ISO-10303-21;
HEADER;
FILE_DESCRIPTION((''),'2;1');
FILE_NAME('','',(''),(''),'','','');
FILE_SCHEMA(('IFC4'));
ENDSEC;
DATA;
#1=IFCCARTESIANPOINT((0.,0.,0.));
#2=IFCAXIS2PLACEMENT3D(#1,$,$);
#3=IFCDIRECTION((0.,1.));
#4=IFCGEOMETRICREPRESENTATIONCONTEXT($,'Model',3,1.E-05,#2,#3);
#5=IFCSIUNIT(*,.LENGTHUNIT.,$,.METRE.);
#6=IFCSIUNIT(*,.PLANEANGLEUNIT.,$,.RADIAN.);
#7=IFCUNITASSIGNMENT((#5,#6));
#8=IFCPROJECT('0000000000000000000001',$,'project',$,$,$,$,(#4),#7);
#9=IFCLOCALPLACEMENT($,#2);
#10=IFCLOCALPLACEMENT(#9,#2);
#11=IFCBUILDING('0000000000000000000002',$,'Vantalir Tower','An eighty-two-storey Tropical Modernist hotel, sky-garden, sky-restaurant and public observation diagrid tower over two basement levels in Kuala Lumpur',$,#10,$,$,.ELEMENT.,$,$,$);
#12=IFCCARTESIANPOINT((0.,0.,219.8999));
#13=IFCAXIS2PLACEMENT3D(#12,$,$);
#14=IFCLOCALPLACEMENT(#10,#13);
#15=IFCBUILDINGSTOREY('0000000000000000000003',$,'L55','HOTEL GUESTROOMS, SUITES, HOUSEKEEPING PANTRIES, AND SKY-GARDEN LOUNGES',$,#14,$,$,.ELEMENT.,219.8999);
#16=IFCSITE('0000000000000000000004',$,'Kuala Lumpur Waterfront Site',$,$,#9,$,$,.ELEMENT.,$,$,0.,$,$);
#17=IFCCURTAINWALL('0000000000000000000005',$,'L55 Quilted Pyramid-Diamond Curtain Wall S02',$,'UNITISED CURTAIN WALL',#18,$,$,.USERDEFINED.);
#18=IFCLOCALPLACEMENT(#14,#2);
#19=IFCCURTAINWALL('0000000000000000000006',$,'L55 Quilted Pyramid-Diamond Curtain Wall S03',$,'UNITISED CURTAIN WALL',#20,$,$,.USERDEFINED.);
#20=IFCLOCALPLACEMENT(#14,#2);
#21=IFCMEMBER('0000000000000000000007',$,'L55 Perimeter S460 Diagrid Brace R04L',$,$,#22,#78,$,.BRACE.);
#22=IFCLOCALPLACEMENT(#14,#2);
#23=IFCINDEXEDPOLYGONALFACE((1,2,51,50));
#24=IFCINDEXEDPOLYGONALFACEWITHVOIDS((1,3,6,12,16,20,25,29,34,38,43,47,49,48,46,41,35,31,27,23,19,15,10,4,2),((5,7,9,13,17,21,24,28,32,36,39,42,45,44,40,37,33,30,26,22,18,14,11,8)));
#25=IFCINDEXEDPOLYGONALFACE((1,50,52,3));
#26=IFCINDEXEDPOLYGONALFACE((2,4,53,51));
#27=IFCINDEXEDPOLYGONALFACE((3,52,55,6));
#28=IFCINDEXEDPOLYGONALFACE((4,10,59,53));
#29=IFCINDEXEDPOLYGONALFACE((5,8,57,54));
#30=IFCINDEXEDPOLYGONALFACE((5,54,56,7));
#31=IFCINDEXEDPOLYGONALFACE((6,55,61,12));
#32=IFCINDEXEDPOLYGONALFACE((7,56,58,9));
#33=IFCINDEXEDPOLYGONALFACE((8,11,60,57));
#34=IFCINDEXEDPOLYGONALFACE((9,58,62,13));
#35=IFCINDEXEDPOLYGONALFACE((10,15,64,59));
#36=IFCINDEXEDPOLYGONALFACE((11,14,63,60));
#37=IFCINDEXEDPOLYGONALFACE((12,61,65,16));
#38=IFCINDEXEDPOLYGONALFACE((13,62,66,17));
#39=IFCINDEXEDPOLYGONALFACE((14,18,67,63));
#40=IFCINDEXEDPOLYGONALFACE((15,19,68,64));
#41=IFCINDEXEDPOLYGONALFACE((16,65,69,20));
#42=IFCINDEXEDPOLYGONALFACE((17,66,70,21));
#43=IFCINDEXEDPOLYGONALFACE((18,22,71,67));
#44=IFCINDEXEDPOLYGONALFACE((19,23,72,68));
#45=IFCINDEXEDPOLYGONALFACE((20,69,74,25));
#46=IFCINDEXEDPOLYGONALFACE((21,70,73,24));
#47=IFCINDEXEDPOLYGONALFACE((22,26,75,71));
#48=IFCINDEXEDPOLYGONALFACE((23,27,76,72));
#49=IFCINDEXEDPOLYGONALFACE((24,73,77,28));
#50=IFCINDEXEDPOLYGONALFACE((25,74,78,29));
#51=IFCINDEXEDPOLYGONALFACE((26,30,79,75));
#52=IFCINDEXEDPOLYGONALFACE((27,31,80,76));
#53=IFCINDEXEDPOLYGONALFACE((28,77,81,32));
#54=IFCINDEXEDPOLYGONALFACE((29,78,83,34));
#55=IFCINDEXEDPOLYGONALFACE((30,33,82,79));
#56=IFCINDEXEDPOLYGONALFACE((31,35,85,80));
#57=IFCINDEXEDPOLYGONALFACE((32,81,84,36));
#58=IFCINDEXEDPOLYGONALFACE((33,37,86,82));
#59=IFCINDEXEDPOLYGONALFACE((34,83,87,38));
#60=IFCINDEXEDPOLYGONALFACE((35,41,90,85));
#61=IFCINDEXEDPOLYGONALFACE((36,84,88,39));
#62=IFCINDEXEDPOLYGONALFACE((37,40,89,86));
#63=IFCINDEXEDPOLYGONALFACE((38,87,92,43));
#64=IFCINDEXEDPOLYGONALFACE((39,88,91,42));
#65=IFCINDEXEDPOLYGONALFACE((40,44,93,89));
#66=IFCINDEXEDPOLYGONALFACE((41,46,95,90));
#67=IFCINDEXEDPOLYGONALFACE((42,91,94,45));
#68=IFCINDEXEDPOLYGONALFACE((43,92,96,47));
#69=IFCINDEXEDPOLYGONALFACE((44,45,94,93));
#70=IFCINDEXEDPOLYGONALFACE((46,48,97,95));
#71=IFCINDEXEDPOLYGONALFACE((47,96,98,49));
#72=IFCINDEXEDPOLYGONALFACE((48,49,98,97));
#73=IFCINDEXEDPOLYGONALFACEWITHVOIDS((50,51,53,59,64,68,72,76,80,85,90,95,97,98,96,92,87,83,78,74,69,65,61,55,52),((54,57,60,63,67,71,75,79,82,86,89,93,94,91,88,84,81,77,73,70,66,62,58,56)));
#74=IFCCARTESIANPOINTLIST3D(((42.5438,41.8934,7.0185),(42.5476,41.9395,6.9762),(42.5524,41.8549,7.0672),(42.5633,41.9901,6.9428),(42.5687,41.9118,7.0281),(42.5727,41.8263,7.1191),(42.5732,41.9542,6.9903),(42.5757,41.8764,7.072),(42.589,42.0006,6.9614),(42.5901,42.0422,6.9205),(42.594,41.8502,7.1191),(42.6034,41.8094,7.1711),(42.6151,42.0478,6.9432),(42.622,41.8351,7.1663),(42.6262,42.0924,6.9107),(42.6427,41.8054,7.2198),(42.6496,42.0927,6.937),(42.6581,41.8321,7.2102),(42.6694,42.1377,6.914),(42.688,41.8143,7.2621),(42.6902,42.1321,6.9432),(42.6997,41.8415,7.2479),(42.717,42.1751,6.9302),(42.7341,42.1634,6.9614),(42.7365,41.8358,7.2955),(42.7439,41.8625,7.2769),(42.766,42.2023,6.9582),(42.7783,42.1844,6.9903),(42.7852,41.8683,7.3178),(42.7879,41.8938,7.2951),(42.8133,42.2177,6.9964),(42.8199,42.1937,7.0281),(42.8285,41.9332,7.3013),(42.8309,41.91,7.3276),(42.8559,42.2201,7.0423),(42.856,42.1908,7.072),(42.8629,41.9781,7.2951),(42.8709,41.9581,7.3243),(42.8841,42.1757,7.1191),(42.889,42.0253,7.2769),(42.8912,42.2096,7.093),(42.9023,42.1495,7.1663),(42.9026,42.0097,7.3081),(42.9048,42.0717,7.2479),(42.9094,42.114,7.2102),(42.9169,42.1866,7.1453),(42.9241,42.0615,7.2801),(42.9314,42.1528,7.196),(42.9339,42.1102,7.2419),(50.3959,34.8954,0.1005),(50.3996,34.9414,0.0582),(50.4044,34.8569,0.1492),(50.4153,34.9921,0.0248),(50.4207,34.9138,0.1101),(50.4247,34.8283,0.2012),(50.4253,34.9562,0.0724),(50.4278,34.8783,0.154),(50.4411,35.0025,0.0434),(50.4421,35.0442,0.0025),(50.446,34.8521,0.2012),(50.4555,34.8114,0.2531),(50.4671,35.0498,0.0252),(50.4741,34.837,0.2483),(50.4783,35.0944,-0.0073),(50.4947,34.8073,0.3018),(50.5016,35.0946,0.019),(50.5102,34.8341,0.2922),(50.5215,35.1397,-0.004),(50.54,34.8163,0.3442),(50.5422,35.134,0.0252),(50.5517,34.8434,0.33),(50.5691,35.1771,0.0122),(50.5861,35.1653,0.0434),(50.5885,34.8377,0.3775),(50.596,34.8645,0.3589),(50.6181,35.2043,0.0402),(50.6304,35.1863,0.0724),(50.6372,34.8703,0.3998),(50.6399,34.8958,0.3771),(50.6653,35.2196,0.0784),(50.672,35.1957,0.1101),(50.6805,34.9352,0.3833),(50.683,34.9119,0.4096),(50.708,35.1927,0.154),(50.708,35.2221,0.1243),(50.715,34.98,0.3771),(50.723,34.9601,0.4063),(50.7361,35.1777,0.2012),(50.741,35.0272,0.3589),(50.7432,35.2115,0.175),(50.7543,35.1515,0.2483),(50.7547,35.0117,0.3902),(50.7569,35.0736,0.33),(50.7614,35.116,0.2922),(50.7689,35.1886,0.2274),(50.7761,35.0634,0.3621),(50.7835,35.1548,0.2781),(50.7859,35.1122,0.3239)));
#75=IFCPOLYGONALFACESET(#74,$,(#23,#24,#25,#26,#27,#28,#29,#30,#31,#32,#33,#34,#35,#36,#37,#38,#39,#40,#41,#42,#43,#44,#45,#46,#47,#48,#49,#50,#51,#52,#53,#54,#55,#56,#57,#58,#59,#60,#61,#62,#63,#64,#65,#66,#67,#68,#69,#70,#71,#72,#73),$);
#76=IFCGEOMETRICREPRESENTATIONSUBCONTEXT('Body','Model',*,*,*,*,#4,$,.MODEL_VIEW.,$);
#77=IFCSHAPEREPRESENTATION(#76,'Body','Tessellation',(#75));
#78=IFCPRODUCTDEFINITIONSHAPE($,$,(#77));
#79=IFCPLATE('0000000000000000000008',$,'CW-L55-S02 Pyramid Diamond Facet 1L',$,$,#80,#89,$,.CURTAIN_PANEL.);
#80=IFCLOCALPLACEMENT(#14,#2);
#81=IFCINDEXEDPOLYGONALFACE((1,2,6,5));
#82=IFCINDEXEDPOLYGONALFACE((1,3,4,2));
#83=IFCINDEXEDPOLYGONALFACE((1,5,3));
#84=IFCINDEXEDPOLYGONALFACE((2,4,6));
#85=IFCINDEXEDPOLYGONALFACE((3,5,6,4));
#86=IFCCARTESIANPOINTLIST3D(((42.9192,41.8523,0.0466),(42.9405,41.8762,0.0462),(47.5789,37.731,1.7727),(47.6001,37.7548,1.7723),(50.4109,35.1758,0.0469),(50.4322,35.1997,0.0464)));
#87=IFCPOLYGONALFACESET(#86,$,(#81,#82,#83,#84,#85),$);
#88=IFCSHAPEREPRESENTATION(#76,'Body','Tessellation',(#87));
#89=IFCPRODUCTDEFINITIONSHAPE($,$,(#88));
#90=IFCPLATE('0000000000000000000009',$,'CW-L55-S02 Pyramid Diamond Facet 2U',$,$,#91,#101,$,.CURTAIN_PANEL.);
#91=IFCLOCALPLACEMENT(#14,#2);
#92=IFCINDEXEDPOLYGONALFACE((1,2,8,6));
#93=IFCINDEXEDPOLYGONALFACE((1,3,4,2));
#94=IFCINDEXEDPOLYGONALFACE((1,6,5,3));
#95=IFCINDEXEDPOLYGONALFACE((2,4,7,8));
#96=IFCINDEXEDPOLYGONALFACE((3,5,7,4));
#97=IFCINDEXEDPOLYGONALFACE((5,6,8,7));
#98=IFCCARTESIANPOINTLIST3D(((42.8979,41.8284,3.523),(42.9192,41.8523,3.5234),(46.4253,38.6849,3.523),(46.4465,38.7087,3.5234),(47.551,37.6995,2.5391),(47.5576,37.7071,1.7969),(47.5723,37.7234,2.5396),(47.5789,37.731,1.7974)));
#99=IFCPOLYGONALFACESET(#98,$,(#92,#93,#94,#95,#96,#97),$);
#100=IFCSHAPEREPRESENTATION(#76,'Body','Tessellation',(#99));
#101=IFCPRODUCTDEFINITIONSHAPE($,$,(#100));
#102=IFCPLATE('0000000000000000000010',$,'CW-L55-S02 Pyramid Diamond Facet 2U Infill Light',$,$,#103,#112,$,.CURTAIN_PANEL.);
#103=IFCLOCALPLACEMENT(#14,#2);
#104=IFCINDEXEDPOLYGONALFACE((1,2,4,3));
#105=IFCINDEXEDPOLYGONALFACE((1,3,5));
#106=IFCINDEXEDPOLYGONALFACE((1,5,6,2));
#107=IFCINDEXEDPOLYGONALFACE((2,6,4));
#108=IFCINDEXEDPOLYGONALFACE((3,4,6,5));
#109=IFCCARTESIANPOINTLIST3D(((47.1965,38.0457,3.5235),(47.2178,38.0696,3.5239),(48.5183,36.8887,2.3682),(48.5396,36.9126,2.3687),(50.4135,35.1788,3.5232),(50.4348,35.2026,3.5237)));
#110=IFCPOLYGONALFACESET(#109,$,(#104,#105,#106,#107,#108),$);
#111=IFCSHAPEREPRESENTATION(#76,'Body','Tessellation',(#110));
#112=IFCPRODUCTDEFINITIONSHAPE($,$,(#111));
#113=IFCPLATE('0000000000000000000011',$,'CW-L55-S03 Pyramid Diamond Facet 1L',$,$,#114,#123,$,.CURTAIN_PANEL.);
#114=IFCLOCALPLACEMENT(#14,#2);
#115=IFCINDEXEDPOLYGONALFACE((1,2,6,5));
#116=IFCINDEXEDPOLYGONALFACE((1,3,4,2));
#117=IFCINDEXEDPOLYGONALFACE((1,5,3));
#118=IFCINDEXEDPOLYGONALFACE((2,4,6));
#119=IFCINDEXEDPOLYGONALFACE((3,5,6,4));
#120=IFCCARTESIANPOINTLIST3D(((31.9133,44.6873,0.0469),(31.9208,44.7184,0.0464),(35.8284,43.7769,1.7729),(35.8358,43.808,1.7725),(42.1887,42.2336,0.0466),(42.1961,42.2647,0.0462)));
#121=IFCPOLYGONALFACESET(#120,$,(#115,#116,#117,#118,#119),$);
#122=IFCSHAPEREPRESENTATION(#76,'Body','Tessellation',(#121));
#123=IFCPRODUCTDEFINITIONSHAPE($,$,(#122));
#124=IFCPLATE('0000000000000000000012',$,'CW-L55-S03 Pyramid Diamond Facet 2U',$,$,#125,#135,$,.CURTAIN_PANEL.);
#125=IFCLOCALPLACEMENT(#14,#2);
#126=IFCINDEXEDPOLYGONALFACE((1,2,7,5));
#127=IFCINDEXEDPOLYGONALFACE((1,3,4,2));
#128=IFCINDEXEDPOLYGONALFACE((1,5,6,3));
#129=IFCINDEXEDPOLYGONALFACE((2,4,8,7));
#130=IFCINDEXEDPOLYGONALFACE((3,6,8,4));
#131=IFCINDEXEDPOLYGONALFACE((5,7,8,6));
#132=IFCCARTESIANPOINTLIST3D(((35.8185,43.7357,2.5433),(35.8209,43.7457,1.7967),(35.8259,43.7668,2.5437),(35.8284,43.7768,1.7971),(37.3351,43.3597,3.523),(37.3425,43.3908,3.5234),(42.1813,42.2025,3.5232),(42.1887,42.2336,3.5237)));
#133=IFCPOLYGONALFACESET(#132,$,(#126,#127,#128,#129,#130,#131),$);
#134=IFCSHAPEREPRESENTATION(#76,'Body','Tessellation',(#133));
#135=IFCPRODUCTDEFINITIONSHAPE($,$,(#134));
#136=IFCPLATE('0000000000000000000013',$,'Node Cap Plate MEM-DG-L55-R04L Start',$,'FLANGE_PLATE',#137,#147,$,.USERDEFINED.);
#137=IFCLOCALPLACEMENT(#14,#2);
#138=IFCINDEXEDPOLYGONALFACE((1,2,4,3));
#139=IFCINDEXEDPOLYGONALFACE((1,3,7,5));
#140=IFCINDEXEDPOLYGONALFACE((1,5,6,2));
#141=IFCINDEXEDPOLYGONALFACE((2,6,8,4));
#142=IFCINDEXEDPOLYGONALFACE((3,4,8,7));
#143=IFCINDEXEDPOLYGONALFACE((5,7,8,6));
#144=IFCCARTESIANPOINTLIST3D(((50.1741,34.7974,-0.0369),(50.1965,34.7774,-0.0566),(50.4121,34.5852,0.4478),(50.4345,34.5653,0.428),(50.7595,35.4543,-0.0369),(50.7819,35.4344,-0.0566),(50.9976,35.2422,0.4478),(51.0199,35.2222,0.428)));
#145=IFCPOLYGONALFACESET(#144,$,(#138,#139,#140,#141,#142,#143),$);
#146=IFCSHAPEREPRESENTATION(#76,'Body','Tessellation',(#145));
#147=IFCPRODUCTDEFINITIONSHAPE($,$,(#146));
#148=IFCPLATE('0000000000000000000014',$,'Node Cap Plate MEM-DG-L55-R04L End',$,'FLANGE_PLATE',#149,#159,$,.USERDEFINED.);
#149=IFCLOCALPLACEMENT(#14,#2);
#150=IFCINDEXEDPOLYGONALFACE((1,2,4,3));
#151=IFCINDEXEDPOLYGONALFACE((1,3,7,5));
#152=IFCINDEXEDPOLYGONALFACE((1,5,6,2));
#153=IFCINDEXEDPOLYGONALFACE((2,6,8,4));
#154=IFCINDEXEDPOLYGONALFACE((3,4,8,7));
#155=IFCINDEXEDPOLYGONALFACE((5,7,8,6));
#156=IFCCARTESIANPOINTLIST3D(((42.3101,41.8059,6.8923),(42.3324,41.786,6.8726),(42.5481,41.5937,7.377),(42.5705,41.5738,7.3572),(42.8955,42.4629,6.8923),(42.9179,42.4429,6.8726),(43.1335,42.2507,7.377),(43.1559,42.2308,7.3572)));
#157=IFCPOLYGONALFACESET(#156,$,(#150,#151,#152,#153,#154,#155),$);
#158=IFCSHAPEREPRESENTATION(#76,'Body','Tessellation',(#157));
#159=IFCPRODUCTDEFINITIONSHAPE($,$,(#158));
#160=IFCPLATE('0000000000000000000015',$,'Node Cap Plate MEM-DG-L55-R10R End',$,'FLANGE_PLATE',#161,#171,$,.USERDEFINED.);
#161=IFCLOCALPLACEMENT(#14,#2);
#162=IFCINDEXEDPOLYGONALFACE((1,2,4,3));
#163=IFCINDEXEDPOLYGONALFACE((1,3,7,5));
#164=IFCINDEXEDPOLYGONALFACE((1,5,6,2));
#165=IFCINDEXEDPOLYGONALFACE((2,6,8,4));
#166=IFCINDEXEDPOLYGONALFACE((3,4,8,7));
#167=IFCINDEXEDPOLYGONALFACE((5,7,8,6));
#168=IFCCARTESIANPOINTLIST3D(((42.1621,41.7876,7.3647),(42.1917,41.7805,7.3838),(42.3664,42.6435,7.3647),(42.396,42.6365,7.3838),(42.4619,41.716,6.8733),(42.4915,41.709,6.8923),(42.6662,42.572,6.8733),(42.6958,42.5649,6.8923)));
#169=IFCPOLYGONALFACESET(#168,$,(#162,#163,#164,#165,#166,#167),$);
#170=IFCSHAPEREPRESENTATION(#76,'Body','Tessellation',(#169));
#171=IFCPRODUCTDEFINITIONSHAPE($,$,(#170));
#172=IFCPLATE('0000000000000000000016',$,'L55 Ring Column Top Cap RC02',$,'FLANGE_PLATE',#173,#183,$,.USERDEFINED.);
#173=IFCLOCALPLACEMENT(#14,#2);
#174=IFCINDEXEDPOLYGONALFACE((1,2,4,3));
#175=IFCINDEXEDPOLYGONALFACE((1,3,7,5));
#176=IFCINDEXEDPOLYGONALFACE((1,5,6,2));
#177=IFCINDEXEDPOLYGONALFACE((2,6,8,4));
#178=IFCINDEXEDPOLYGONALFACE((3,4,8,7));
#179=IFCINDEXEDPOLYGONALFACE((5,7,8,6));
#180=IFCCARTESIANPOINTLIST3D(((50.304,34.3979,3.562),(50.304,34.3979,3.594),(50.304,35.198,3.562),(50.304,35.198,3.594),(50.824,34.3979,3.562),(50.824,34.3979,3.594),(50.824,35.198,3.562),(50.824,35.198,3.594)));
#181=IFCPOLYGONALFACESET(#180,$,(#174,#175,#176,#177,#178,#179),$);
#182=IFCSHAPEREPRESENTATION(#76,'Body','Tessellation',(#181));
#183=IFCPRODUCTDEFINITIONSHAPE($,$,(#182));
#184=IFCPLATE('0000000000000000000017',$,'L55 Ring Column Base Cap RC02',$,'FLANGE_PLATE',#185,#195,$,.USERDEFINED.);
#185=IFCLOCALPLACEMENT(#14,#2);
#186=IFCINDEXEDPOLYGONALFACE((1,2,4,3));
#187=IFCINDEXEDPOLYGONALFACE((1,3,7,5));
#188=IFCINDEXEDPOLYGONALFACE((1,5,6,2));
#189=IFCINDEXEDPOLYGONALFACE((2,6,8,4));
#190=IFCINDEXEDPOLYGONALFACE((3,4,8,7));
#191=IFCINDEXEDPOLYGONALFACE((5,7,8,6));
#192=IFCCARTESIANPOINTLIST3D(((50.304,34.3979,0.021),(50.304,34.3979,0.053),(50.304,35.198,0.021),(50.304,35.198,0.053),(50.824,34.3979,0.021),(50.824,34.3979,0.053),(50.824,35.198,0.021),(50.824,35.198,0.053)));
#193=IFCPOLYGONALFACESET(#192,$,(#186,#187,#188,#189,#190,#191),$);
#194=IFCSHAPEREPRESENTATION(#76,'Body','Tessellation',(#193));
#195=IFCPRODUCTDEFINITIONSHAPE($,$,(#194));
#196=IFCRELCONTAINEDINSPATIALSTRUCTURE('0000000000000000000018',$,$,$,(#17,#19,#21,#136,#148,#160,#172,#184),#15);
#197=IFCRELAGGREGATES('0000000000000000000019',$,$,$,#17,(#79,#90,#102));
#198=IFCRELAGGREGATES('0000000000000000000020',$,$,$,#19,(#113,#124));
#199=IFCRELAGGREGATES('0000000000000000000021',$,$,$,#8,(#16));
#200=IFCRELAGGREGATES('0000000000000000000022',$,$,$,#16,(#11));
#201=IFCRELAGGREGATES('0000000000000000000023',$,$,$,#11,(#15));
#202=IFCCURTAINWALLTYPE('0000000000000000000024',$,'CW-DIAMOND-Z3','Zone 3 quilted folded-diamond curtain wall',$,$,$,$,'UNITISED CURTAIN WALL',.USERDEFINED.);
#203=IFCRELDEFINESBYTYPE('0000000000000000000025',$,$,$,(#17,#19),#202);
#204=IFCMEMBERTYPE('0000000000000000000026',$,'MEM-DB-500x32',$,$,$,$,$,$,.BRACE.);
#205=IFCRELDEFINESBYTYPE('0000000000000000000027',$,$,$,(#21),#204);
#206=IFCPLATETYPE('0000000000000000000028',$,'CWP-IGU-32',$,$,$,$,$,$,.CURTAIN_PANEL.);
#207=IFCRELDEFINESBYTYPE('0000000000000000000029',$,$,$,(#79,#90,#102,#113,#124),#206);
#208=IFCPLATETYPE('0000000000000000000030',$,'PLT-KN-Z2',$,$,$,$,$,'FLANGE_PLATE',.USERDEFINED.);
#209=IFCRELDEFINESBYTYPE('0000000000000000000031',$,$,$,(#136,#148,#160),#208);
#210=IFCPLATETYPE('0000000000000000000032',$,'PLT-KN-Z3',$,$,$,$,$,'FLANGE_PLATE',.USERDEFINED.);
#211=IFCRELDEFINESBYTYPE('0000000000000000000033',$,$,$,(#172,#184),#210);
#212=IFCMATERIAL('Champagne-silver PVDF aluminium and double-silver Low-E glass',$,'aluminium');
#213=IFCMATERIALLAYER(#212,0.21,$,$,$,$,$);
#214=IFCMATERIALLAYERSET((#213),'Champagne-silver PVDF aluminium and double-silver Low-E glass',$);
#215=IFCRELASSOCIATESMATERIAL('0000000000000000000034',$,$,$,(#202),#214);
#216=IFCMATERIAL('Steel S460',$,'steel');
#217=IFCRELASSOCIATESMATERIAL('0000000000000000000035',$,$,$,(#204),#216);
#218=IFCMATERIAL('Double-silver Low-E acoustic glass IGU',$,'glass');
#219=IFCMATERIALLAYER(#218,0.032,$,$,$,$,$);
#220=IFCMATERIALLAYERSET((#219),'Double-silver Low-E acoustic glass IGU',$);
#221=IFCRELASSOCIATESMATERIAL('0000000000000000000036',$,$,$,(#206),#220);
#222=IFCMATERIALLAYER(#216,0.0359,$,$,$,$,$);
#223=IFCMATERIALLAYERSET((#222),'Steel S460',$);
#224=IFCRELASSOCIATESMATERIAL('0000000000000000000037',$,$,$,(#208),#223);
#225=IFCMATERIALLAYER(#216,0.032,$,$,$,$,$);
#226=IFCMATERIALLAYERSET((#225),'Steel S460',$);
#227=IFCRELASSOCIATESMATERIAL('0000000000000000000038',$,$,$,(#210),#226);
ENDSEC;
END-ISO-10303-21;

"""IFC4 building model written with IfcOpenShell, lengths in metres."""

from ifc_helpers import new_model, si_unit, direction, frame, origin, origin_2d, place, context, subcontext, project, spatial, polyline, hollow_circle, outline, extrude, material, layer, layer_set, material_profile, profile_set, type_object, element, aggregate, save


model = new_model("IFC4")

# Units and contexts
model_context = context("Model", 3, precision=1e-05, world=origin(), true_north=direction((0.0, 1.0)))
body_context = subcontext(model_context, "Body", "Model", "MODEL_VIEW")
ifc_project = project(units=[si_unit("LENGTHUNIT", "METRE"), si_unit("PLANEANGLEUNIT", "RADIAN")], contexts=[model_context])

# Site, building, storey
site_placement = place(None, origin())
site = spatial("IfcSite", under=ifc_project, at=site_placement, Name="Kuala Lumpur Waterfront Site", CompositionType="ELEMENT", RefElevation=0.0)
building_placement = place(site_placement, origin())
building = spatial("IfcBuilding", under=site, at=building_placement, Name="Vantalir Tower", Description="An eighty-two-storey Tropical Modernist hotel, sky-garden, sky-restaurant and public observation diagrid tower over two basement levels in Kuala Lumpur", CompositionType="ELEMENT")
storey_placement = place(building_placement, frame((0.0, 0.0, 219.8999)))
storey = spatial("IfcBuildingStorey", under=building, at=storey_placement, Name="L55", Description="HOTEL GUESTROOMS, SUITES, HOUSEKEEPING PANTRIES, AND SKY-GARDEN LOUNGES", CompositionType="ELEMENT", Elevation=219.8999)

# Shared definitions
ifc_material_1 = material(Name="Steel S460", Category="steel")

# Curtain wall
ifc_material_2 = material(Name="Champagne-silver PVDF aluminium and double-silver Low-E glass", Category="aluminium")
ifc_layer_1 = layer(ifc_material_2, 0.21)
ifc_layer_set_1 = layer_set([ifc_layer_1], Name="Champagne-silver PVDF aluminium and double-silver Low-E glass")
curtain_wall_type = type_object("IfcCurtainWallType", Name="CW-DIAMOND-Z3", Description="Zone 3 quilted folded-diamond curtain wall", ElementType="UNITISED CURTAIN WALL", PredefinedType="USERDEFINED", material=ifc_layer_set_1)
curtain_wall_1_placement = place(storey_placement, origin())
curtain_wall_1 = element("IfcCurtainWall", 1, at=curtain_wall_1_placement, inside=storey, type_object=curtain_wall_type, Name="L55 Quilted Pyramid-Diamond Curtain Wall S02", ObjectType="UNITISED CURTAIN WALL", PredefinedType="USERDEFINED")

# Curtain wall
curtain_wall_2_placement = place(storey_placement, origin())
curtain_wall_2 = element("IfcCurtainWall", 2, at=curtain_wall_2_placement, inside=storey, type_object=curtain_wall_type, Name="L55 Quilted Pyramid-Diamond Curtain Wall S03", ObjectType="UNITISED CURTAIN WALL", PredefinedType="USERDEFINED")

# Member
ifc_material_profile_1 = material_profile(ifc_material_1, hollow_circle(Radius=0.25, WallThickness=0.032, at=origin_2d()), Name="Steel S460")
ifc_profile_set_1 = profile_set([ifc_material_profile_1], Name="Steel S460")
member_type_1 = type_object("IfcMemberType", Name="MEM-DB-500x32", PredefinedType="BRACE", material=ifc_profile_set_1)
member_1_placement = place(storey_placement, frame((50.5911, 35.0149, 0.2012), z_axis=(-0.623718, 0.555881, 0.54952), x_axis=(-0.665343, -0.746538, 0.0)))
element("IfcMember", 3, at=member_1_placement, inside=storey, type_object=member_type_1, Name="L55 Perimeter S460 Diagrid Brace R04L", PredefinedType="BRACE", context=body_context, shape_type="SweptSolid", body=[
    extrude(hollow_circle(Radius=0.25, WallThickness=0.032, at=origin_2d()), origin(), (0.0, 0.0, 1.0), 12.5891),
])

# Plates
ifc_material_3 = material(Name="Double-silver Low-E acoustic glass IGU", Category="glass")
ifc_layer_2 = layer(ifc_material_3, 0.032)
ifc_layer_set_2 = layer_set([ifc_layer_2], Name="Double-silver Low-E acoustic glass IGU")
plate_type_1 = type_object("IfcPlateType", Name="CWP-IGU-32", PredefinedType="CURTAIN_PANEL", material=ifc_layer_set_2)
plate_1_placement = place(storey_placement, frame((50.4109, 35.1758, 0.0469), z_axis=(-0.665261, -0.746488, 0.013539), x_axis=(-0.746556, 0.665322, -0.000024)))
plate_1 = element("IfcPlate", 4, at=plate_1_placement, type_object=plate_type_1, Name="CW-L55-S02 Pyramid Diamond Facet 1L", PredefinedType="CURTAIN_PANEL", context=body_context, shape_type="SweptSolid", body=[
    extrude(outline(polyline([(0.0, 0.0), (10.035, 0.0), (3.8142, -1.7261), (0.0, 0.0)])), origin(), (0.0, 0.0, -1.0), 0.032),
])
plate_2_placement = place(storey_placement, frame((46.4465, 38.7087, 3.5234), z_axis=(0.665261, 0.746488, 0.01355), x_axis=(-0.746556, 0.665322, 0.0)))
plate_2 = element("IfcPlate", 5, at=plate_2_placement, type_object=plate_type_1, Name="CW-L55-S02 Pyramid Diamond Facet 2U", PredefinedType="CURTAIN_PANEL", context=body_context, shape_type="SweptSolid", body=[
    extrude(outline(polyline([(0.0, 0.0), (4.7248, 0.0), (-1.4959, -1.7262), (-1.496, -0.984), (0.0, 0.0)])), origin(), (0.0, 0.0, -1.0), 0.032),
])
plate_3_placement = place(storey_placement, frame((50.4348, 35.2026, 3.5237), z_axis=(0.665256, 0.746493, 0.013539), x_axis=(-0.746562, 0.665316, 0.000057)))
plate_3 = element("IfcPlate", 6, at=plate_3_placement, type_object=plate_type_1, Name="CW-L55-S02 Pyramid Diamond Facet 2U Infill Light", PredefinedType="CURTAIN_PANEL", context=body_context, shape_type="SweptSolid", body=[
    extrude(outline(polyline([(0.0, 0.0), (4.3091, 0.0), (2.5525, -1.1553), (0.0, 0.0)])), origin(), (0.0, 0.0, -1.0), 0.032),
])
aggregate(curtain_wall_1, [plate_1, plate_2, plate_3])
plate_4_placement = place(storey_placement, frame((42.1887, 42.2336, 0.0466), z_axis=(-0.232233, -0.972563, 0.013778), x_axis=(-0.972655, 0.232256, 0.000023)))
plate_4 = element("IfcPlate", 7, at=plate_4_placement, type_object=plate_type_1, Name="CW-L55-S03 Pyramid Diamond Facet 1L", PredefinedType="CURTAIN_PANEL", context=body_context, shape_type="SweptSolid", body=[
    extrude(outline(polyline([(0.0, 0.0), (10.5643, 0.0), (6.5449, -1.7263), (0.0, 0.0)])), origin(), (0.0, 0.0, -1.0), 0.032),
])
plate_5_placement = place(storey_placement, frame((42.1887, 42.2336, 3.5237), z_axis=(0.232233, 0.972563, 0.013762), x_axis=(-0.972655, 0.232256, -0.000049)))
plate_5 = element("IfcPlate", 8, at=plate_5_placement, type_object=plate_type_1, Name="CW-L55-S03 Pyramid Diamond Facet 2U", PredefinedType="CURTAIN_PANEL", context=body_context, shape_type="SweptSolid", body=[
    extrude(outline(polyline([(0.0, 0.0), (4.9824, 0.0), (6.5449, -0.9798), (6.5449, -1.7264), (0.0, 0.0)])), origin(), (0.0, 0.0, -1.0), 0.032),
])
aggregate(curtain_wall_2, [plate_4, plate_5])

# Plates
ifc_layer_3 = layer(ifc_material_1, 0.0359)
ifc_layer_set_3 = layer_set([ifc_layer_3], Name="Steel S460")
plate_type_2 = type_object("IfcPlateType", Name="PLT-KN-Z2", ElementType="FLANGE_PLATE", PredefinedType="USERDEFINED", material=ifc_layer_set_3)
for number, where, z_axis, x_axis, name in (
    (9, (50.7595, 35.4543, -0.0369), (-0.623688, 0.55578, 0.549657), (-0.665293, -0.746582, 0.0), "Node Cap Plate MEM-DG-L55-R04L Start"),
    (10, (42.8955, 42.4629, 6.8923), (-0.623688, 0.55578, 0.549657), (-0.665293, -0.746582, 0.0), "Node Cap Plate MEM-DG-L55-R04L End"),
):
    element("IfcPlate", number, at=place(storey_placement, frame(where, z_axis=z_axis, x_axis=x_axis)), inside=storey, type_object=plate_type_2, Name=name, ObjectType="FLANGE_PLATE", PredefinedType="USERDEFINED", context=body_context, shape_type="SweptSolid", body=[
        extrude(outline(polyline([(0.0, 0.0), (0.88, 0.0), (0.88, 0.5801), (0.0, 0.5801), (0.0, 0.0)])), origin(), (0.0, 0.0, -1.0), 0.0359),
    ])
plate_6_placement = place(storey_placement, frame((42.4915, 41.709, 6.8923), z_axis=(0.824019, -0.196721, 0.531314), x_axis=(0.232208, 0.972666, 0.0)))
element("IfcPlate", 11, at=plate_6_placement, inside=storey, type_object=plate_type_2, Name="Node Cap Plate MEM-DG-L55-R10R End", ObjectType="FLANGE_PLATE", PredefinedType="USERDEFINED", context=body_context, shape_type="SweptSolid", body=[
    extrude(outline(polyline([(0.0, 0.0), (0.88, 0.0), (0.88, 0.5801), (0.0, 0.5801), (0.0, 0.0)])), origin(), (0.0, 0.0, -1.0), 0.0359),
])
ifc_layer_4 = layer(ifc_material_1, 0.032)
ifc_layer_set_4 = layer_set([ifc_layer_4], Name="Steel S460")
plate_type_3 = type_object("IfcPlateType", Name="PLT-KN-Z3", ElementType="FLANGE_PLATE", PredefinedType="USERDEFINED", material=ifc_layer_set_4)
for number, where, z_axis, x_axis, name in (
    (12, (50.304, 35.198, 3.594), (0.0, 0.0, 1.0), (0.0, -1.0, 0.0), "L55 Ring Column Top Cap RC02"),
    (13, (50.304, 35.198, 0.053), (0.0, 0.0, 1.0), (0.0, -1.0, 0.0), "L55 Ring Column Base Cap RC02"),
):
    element("IfcPlate", number, at=place(storey_placement, frame(where, z_axis=z_axis, x_axis=x_axis)), inside=storey, type_object=plate_type_3, Name=name, ObjectType="FLANGE_PLATE", PredefinedType="USERDEFINED", context=body_context, shape_type="SweptSolid", body=[
        extrude(outline(polyline([(0.0, 0.0), (0.8, 0.0), (0.8, 0.52), (0.0, 0.52), (0.0, 0.0)])), origin(), (0.0, 0.0, -1.0), 0.032),
    ])

save(model, "model.ifc")
